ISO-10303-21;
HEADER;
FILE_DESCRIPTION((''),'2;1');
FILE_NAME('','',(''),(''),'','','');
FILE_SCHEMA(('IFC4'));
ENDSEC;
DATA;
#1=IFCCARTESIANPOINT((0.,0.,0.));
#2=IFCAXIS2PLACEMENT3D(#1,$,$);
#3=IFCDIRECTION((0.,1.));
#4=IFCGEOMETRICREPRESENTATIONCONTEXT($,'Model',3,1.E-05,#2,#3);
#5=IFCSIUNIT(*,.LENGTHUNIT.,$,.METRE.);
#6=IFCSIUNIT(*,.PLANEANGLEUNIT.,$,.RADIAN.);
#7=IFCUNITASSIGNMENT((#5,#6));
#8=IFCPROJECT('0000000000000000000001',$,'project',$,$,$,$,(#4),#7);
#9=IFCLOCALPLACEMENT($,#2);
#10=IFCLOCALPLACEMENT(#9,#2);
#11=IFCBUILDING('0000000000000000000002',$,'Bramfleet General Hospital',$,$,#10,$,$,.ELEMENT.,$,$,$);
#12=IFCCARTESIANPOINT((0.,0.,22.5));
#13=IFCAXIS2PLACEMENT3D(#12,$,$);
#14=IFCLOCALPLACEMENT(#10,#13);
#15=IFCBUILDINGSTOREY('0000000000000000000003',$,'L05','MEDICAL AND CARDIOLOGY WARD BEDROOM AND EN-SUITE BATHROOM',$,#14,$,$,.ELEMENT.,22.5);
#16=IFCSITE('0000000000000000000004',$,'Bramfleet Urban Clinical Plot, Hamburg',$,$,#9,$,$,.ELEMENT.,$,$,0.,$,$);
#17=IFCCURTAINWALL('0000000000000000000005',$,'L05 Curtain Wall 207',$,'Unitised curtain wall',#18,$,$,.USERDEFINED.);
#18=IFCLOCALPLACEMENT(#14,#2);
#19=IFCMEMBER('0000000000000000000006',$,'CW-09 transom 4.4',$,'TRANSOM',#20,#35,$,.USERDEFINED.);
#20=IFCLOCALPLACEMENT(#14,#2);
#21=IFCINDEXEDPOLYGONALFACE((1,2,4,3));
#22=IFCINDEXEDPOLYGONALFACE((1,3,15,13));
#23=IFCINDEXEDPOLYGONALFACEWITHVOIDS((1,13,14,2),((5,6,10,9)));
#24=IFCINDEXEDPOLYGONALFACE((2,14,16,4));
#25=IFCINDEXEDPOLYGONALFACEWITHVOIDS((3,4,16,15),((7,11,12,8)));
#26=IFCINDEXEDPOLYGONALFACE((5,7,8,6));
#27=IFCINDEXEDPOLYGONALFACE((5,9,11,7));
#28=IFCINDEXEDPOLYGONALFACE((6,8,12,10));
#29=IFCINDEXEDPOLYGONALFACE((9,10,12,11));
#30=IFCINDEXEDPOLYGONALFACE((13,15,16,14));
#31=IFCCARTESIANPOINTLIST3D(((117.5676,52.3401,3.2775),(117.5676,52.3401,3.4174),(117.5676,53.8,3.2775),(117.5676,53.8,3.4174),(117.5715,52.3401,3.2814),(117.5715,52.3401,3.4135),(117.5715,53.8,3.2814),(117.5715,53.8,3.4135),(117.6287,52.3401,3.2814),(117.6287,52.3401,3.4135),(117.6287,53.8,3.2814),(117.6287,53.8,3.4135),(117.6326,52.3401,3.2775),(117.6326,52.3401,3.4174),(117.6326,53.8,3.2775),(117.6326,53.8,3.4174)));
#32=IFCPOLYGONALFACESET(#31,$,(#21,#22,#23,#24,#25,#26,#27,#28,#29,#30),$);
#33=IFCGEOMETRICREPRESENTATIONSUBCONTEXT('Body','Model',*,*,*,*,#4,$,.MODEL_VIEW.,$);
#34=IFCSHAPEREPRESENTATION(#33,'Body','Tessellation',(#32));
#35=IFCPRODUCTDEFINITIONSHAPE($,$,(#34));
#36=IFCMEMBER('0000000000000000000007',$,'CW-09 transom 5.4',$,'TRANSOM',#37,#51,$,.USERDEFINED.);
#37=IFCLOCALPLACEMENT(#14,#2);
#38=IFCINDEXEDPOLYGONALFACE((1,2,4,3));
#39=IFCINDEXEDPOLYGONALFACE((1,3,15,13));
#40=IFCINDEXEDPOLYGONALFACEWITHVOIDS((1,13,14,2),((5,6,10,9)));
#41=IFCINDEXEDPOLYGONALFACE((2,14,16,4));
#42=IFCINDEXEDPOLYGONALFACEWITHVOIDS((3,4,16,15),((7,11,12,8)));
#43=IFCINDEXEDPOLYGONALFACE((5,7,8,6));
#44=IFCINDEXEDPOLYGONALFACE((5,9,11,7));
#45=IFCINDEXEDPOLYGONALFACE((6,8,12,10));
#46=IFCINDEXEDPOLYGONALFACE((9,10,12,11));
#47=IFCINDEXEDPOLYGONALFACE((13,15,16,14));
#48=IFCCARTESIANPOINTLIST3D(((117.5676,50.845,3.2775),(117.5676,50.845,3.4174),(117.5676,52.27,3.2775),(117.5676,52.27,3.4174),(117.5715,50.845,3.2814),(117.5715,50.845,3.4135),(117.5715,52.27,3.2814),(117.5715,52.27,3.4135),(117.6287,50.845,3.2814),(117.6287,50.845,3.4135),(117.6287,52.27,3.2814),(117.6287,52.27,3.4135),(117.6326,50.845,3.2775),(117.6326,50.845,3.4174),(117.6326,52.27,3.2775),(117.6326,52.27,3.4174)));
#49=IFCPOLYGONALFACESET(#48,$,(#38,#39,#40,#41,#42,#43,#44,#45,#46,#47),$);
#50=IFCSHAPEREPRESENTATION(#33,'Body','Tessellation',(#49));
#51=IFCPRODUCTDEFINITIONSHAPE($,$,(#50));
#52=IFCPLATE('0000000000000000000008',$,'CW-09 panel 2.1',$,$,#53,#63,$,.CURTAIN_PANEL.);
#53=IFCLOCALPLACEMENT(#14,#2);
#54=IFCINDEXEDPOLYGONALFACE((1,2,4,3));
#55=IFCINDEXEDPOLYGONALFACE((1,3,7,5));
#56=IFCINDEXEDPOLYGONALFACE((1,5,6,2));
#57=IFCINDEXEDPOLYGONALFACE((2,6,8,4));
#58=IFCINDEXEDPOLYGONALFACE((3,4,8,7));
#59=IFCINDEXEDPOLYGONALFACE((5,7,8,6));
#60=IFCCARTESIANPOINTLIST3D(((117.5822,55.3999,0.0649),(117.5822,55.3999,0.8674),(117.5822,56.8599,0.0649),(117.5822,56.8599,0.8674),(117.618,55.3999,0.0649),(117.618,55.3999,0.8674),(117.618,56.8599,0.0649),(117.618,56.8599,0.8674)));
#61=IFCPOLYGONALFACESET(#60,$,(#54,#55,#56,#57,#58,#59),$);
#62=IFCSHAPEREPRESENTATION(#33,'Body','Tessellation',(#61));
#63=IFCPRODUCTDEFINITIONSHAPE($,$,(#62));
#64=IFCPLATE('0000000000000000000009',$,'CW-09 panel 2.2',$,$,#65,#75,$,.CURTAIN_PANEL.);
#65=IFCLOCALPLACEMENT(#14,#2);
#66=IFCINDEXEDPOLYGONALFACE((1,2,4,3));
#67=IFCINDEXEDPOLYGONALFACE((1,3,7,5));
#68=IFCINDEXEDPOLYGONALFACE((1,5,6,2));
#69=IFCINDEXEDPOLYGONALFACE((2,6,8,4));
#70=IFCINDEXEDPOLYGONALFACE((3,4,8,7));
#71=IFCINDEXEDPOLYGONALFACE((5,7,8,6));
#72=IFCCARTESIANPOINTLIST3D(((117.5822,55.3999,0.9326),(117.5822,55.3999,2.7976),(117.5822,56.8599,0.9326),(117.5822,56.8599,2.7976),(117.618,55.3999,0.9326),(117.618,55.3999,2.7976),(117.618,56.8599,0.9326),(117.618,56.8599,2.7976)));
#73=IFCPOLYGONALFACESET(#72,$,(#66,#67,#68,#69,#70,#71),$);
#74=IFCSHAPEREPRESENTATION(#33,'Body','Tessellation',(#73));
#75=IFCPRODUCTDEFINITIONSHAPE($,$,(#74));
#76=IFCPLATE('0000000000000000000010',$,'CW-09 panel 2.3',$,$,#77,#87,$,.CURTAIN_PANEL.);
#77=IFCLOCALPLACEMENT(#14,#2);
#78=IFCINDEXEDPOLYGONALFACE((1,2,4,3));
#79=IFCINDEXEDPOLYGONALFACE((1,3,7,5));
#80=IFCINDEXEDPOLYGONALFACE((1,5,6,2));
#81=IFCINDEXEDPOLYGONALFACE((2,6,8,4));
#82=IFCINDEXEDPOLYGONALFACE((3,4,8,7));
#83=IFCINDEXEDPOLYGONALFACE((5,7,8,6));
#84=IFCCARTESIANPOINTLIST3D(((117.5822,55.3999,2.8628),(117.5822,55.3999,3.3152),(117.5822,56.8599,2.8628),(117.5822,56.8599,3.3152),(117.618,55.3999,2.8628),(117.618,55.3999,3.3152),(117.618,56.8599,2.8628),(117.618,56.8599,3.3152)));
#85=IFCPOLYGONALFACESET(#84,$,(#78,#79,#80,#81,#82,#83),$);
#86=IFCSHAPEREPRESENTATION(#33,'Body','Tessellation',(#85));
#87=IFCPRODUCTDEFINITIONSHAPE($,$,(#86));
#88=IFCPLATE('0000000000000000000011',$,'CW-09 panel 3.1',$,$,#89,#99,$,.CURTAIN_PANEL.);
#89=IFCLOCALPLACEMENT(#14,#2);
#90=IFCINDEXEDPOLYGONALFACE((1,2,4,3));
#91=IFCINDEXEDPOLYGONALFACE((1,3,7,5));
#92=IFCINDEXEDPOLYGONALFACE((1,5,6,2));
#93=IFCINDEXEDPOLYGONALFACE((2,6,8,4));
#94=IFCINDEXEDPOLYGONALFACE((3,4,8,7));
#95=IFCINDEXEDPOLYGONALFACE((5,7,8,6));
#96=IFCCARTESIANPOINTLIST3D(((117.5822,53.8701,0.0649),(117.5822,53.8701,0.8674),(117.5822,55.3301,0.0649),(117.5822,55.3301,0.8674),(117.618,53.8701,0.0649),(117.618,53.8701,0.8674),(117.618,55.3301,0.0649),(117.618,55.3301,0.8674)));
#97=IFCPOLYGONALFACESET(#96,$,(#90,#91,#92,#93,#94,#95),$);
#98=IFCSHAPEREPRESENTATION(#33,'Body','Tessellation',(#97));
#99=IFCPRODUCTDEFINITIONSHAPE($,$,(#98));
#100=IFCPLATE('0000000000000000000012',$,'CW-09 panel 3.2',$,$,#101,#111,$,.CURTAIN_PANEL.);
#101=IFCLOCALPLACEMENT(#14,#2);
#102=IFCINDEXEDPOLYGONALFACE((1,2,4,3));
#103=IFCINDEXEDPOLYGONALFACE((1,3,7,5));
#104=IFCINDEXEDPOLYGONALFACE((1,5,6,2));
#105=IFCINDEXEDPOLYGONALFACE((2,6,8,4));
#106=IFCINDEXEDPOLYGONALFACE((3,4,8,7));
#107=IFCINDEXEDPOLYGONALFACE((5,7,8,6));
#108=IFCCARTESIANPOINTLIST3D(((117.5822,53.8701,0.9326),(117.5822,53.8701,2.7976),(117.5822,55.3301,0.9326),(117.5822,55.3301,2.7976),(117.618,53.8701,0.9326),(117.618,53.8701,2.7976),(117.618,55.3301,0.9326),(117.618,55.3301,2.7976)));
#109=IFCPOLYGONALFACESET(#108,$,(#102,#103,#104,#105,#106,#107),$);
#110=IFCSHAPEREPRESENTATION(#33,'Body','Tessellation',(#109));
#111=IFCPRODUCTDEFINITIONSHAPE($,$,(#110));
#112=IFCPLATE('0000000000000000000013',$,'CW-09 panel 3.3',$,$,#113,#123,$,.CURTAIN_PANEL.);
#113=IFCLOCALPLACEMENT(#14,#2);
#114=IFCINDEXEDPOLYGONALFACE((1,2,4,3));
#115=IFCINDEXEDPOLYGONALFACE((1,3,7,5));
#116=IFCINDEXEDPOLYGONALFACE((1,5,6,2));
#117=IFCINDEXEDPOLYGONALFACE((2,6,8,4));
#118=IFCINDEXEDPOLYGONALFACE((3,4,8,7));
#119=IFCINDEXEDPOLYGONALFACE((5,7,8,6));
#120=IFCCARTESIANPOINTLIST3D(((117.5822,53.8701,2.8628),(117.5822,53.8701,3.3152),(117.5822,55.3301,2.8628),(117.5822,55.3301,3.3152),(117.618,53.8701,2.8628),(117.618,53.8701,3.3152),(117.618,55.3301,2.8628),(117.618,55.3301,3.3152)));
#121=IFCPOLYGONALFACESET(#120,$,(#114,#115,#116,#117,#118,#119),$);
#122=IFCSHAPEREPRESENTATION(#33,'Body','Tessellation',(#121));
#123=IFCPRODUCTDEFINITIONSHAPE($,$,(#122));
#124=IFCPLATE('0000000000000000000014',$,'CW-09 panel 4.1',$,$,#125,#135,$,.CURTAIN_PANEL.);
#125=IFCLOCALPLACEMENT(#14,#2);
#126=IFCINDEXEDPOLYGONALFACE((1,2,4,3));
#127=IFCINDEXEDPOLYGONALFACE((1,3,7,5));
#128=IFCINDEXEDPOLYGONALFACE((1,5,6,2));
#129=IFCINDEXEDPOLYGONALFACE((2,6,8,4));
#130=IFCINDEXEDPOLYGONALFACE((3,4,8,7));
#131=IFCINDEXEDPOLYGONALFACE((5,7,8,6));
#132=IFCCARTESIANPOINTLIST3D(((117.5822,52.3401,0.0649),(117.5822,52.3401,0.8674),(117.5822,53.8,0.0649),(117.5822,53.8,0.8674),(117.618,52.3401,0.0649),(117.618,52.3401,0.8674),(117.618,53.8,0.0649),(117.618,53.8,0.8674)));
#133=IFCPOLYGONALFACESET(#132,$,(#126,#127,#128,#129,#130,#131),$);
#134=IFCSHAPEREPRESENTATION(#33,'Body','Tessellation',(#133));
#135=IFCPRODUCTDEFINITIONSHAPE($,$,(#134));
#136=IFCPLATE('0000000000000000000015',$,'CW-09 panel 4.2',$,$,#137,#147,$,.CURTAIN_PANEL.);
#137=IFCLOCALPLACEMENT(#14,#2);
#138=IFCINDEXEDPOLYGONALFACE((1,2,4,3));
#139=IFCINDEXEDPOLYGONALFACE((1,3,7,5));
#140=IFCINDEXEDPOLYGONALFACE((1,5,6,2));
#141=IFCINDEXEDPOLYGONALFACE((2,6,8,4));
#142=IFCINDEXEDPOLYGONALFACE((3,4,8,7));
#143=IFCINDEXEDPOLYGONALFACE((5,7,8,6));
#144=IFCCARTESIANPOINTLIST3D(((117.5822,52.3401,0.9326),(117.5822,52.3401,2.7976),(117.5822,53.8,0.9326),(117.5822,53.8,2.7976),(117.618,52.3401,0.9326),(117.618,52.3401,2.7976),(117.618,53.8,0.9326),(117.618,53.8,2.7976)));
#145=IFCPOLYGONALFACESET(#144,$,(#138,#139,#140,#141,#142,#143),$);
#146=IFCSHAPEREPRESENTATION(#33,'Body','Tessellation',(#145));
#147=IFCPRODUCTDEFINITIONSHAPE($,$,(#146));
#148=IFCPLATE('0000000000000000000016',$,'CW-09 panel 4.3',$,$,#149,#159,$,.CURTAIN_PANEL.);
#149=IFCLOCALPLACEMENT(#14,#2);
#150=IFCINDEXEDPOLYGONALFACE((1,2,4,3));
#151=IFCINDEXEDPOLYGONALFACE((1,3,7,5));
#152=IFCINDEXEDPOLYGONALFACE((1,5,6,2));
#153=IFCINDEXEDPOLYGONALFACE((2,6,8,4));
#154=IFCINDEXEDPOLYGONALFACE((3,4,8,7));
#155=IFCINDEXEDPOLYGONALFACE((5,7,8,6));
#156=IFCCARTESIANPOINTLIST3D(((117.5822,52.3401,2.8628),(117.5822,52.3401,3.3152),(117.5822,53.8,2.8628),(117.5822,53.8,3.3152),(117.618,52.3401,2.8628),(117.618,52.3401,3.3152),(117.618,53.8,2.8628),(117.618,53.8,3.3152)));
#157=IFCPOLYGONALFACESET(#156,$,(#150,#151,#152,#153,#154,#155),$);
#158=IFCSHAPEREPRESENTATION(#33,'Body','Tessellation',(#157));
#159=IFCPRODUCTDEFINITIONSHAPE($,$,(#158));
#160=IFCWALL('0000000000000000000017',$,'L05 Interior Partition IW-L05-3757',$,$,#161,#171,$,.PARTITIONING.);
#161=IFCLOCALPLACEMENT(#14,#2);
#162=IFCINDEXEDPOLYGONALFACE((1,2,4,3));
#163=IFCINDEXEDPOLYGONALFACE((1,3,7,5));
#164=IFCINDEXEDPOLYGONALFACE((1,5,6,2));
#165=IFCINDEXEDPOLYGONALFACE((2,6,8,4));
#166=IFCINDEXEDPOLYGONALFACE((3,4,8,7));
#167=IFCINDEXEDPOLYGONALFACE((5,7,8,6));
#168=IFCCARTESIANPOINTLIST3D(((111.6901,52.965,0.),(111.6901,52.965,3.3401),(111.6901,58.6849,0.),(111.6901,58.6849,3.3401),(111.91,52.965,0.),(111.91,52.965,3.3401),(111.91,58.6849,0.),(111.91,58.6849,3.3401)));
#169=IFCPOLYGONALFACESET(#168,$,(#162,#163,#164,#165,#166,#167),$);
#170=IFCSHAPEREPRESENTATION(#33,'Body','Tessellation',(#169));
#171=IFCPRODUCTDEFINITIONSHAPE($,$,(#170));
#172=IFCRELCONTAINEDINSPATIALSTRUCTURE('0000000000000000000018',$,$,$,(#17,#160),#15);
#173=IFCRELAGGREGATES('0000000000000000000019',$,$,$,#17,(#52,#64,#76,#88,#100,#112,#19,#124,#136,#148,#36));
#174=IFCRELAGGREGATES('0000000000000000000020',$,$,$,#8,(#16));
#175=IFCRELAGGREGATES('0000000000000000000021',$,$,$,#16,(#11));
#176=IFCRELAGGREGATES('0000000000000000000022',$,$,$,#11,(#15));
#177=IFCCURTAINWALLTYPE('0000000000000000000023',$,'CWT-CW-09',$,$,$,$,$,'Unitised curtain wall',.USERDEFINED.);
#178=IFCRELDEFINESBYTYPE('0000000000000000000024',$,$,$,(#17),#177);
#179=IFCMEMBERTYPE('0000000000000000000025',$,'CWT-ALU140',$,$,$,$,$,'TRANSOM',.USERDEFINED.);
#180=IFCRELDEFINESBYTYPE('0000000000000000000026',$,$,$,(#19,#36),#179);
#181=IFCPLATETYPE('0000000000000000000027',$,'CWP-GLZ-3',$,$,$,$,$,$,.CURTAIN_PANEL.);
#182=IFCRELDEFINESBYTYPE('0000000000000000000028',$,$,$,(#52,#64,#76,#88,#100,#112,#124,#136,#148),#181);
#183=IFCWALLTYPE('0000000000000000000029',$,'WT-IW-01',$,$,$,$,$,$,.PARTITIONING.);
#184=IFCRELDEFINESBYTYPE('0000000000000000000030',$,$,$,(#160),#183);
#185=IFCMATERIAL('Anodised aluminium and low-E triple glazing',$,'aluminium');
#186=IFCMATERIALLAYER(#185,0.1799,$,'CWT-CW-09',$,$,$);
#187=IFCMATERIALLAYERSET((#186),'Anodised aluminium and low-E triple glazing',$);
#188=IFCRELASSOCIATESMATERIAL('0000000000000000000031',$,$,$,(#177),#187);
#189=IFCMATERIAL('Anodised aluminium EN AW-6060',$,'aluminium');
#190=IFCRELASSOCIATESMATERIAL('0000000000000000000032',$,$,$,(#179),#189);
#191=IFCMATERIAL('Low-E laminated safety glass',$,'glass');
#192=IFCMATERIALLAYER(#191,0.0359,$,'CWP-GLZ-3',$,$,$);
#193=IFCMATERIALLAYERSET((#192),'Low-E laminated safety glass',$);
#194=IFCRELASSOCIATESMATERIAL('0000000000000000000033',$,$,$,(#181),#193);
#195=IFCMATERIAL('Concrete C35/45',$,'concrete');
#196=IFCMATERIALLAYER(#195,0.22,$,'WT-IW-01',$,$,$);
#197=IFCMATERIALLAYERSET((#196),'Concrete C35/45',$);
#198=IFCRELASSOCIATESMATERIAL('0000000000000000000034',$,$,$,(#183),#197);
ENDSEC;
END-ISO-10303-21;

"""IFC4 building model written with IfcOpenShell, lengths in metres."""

from ifc_helpers import new_model, si_unit, direction, frame, frame_2d, origin, origin_2d, place, context, subcontext, project, spatial, rectangle, hollow_rectangle, extrude, material, layer, layer_set, material_profile, profile_set, type_object, element, aggregate, save


model = new_model("IFC4")

# Units and contexts
model_context = context("Model", 3, precision=1e-05, world=origin(), true_north=direction((0.0, 1.0)))
body_context = subcontext(model_context, "Body", "Model", "MODEL_VIEW")
ifc_project = project(units=[si_unit("LENGTHUNIT", "METRE"), si_unit("PLANEANGLEUNIT", "RADIAN")], contexts=[model_context])

# Site, building, storey
site_placement = place(None, origin())
site = spatial("IfcSite", under=ifc_project, at=site_placement, Name="Bramfleet Urban Clinical Plot, Hamburg", CompositionType="ELEMENT", RefElevation=0.0)
building_placement = place(site_placement, origin())
building = spatial("IfcBuilding", under=site, at=building_placement, Name="Bramfleet General Hospital", CompositionType="ELEMENT")
storey_placement = place(building_placement, frame((0.0, 0.0, 22.5)))
storey = spatial("IfcBuildingStorey", under=building, at=storey_placement, Name="L05", Description="MEDICAL AND CARDIOLOGY WARD BEDROOM AND EN-SUITE BATHROOM", CompositionType="ELEMENT", Elevation=22.5)

# Curtain wall, members, plates
ifc_material_1 = material(Name="Anodised aluminium and low-E triple glazing", Category="aluminium")
ifc_layer_1 = layer(ifc_material_1, 0.1799, Name="CWT-CW-09")
ifc_layer_set_1 = layer_set([ifc_layer_1], Name="Anodised aluminium and low-E triple glazing")
curtain_wall_type = type_object("IfcCurtainWallType", Name="CWT-CW-09", ElementType="Unitised curtain wall", PredefinedType="USERDEFINED", material=ifc_layer_set_1)
curtain_wall_placement = place(storey_placement, origin())
curtain_wall = element("IfcCurtainWall", 1, at=curtain_wall_placement, inside=storey, type_object=curtain_wall_type, Name="L05 Curtain Wall 207", ObjectType="Unitised curtain wall", PredefinedType="USERDEFINED")
ifc_material_2 = material(Name="Anodised aluminium EN AW-6060", Category="aluminium")
ifc_material_profile_1 = material_profile(ifc_material_2, hollow_rectangle(XDim=0.0649, YDim=0.1399, WallThickness=0.0039, at=origin_2d()), Name="ALU 140x65x4.0")
ifc_profile_set_1 = profile_set([ifc_material_profile_1], Name="Anodised aluminium EN AW-6060")
member_type_1 = type_object("IfcMemberType", Name="CWT-ALU140", ElementType="TRANSOM", PredefinedType="USERDEFINED", material=ifc_profile_set_1)
member_1_placement = place(storey_placement, frame((117.6001, 53.8, 3.3474), z_axis=(0.0, -1.0, 0.0), x_axis=(1.0, 0.0, 0.0)))
member_1 = element("IfcMember", 2, at=member_1_placement, type_object=member_type_1, Name="CW-09 transom 4.4", ObjectType="TRANSOM", PredefinedType="USERDEFINED", context=body_context, shape_type="SweptSolid", body=[
    extrude(hollow_rectangle(XDim=0.0649, YDim=0.1399, WallThickness=0.0039, at=origin_2d()), origin(), (0.0, 0.0, 1.0), 1.46),
])
member_2_placement = place(storey_placement, frame((117.6001, 52.27, 3.3474), z_axis=(0.0, -1.0, 0.0), x_axis=(1.0, 0.0, 0.0)))
member_2 = element("IfcMember", 3, at=member_2_placement, type_object=member_type_1, Name="CW-09 transom 5.4", ObjectType="TRANSOM", PredefinedType="USERDEFINED", context=body_context, shape_type="SweptSolid", body=[
    extrude(hollow_rectangle(XDim=0.0649, YDim=0.1399, WallThickness=0.0039, at=origin_2d()), origin(), (0.0, 0.0, 1.0), 1.425),
])
ifc_material_3 = material(Name="Low-E laminated safety glass", Category="glass")
ifc_layer_2 = layer(ifc_material_3, 0.0359, Name="CWP-GLZ-3")
ifc_layer_set_2 = layer_set([ifc_layer_2], Name="Low-E laminated safety glass")
plate_type = type_object("IfcPlateType", Name="CWP-GLZ-3", PredefinedType="CURTAIN_PANEL", material=ifc_layer_set_2)
plate_1_placement = place(storey_placement, frame((117.6001, 56.1299, 0.0649), z_axis=(0.0, 0.0, 1.0), x_axis=(0.0, -1.0, 0.0)))
plate_1 = element("IfcPlate", 4, at=plate_1_placement, type_object=plate_type, Name="CW-09 panel 2.1", PredefinedType="CURTAIN_PANEL", context=body_context, shape_type="SweptSolid", body=[
    extrude(rectangle(XDim=1.46, YDim=0.0359, at=origin_2d()), origin(), (0.0, 0.0, 1.0), 0.8025),
])
plate_2_placement = place(storey_placement, frame((117.6001, 56.1299, 0.9326), z_axis=(0.0, 0.0, 1.0), x_axis=(0.0, -1.0, 0.0)))
plate_2 = element("IfcPlate", 5, at=plate_2_placement, type_object=plate_type, Name="CW-09 panel 2.2", PredefinedType="CURTAIN_PANEL", context=body_context, shape_type="SweptSolid", body=[
    extrude(rectangle(XDim=1.46, YDim=0.0359, at=origin_2d()), origin(), (0.0, 0.0, 1.0), 1.865),
])
plate_3_placement = place(storey_placement, frame((117.6001, 56.1299, 2.8628), z_axis=(0.0, 0.0, 1.0), x_axis=(0.0, -1.0, 0.0)))
plate_3 = element("IfcPlate", 6, at=plate_3_placement, type_object=plate_type, Name="CW-09 panel 2.3", PredefinedType="CURTAIN_PANEL", context=body_context, shape_type="SweptSolid", body=[
    extrude(rectangle(XDim=1.46, YDim=0.0359, at=origin_2d()), origin(), (0.0, 0.0, 1.0), 0.4524),
])
plate_4_placement = place(storey_placement, frame((117.6001, 54.6001, 0.0649), z_axis=(0.0, 0.0, 1.0), x_axis=(0.0, -1.0, 0.0)))
plate_4 = element("IfcPlate", 7, at=plate_4_placement, type_object=plate_type, Name="CW-09 panel 3.1", PredefinedType="CURTAIN_PANEL", context=body_context, shape_type="SweptSolid", body=[
    extrude(rectangle(XDim=1.46, YDim=0.0359, at=origin_2d()), origin(), (0.0, 0.0, 1.0), 0.8025),
])
plate_5_placement = place(storey_placement, frame((117.6001, 54.6001, 0.9326), z_axis=(0.0, 0.0, 1.0), x_axis=(0.0, -1.0, 0.0)))
plate_5 = element("IfcPlate", 8, at=plate_5_placement, type_object=plate_type, Name="CW-09 panel 3.2", PredefinedType="CURTAIN_PANEL", context=body_context, shape_type="SweptSolid", body=[
    extrude(rectangle(XDim=1.46, YDim=0.0359, at=origin_2d()), origin(), (0.0, 0.0, 1.0), 1.865),
])
plate_6_placement = place(storey_placement, frame((117.6001, 54.6001, 2.8628), z_axis=(0.0, 0.0, 1.0), x_axis=(0.0, -1.0, 0.0)))
plate_6 = element("IfcPlate", 9, at=plate_6_placement, type_object=plate_type, Name="CW-09 panel 3.3", PredefinedType="CURTAIN_PANEL", context=body_context, shape_type="SweptSolid", body=[
    extrude(rectangle(XDim=1.46, YDim=0.0359, at=origin_2d()), origin(), (0.0, 0.0, 1.0), 0.4524),
])
plate_7_placement = place(storey_placement, frame((117.6001, 53.0701, 0.0649), z_axis=(0.0, 0.0, 1.0), x_axis=(0.0, -1.0, 0.0)))
plate_7 = element("IfcPlate", 10, at=plate_7_placement, type_object=plate_type, Name="CW-09 panel 4.1", PredefinedType="CURTAIN_PANEL", context=body_context, shape_type="SweptSolid", body=[
    extrude(rectangle(XDim=1.46, YDim=0.0359, at=origin_2d()), origin(), (0.0, 0.0, 1.0), 0.8025),
])
plate_8_placement = place(storey_placement, frame((117.6001, 53.0701, 0.9326), z_axis=(0.0, 0.0, 1.0), x_axis=(0.0, -1.0, 0.0)))
plate_8 = element("IfcPlate", 11, at=plate_8_placement, type_object=plate_type, Name="CW-09 panel 4.2", PredefinedType="CURTAIN_PANEL", context=body_context, shape_type="SweptSolid", body=[
    extrude(rectangle(XDim=1.46, YDim=0.0359, at=origin_2d()), origin(), (0.0, 0.0, 1.0), 1.865),
])
plate_9_placement = place(storey_placement, frame((117.6001, 53.0701, 2.8628), z_axis=(0.0, 0.0, 1.0), x_axis=(0.0, -1.0, 0.0)))
plate_9 = element("IfcPlate", 12, at=plate_9_placement, type_object=plate_type, Name="CW-09 panel 4.3", PredefinedType="CURTAIN_PANEL", context=body_context, shape_type="SweptSolid", body=[
    extrude(rectangle(XDim=1.46, YDim=0.0359, at=origin_2d()), origin(), (0.0, 0.0, 1.0), 0.4524),
])
aggregate(curtain_wall, [plate_1, plate_2, plate_3, plate_4, plate_5, plate_6, member_1, plate_7, plate_8, plate_9, member_2])

# Wall
ifc_material_4 = material(Name="Concrete C35/45", Category="concrete")
ifc_layer_3 = layer(ifc_material_4, 0.22, Name="WT-IW-01")
ifc_layer_set_3 = layer_set([ifc_layer_3], Name="Concrete C35/45")
wall_type_1 = type_object("IfcWallType", Name="WT-IW-01", PredefinedType="PARTITIONING", material=ifc_layer_set_3)
wall_1_placement = place(storey_placement, frame((111.8, 52.9651, 0.0), z_axis=(0.0, 0.0, 1.0), x_axis=(0.0, 1.0, 0.0)))
element("IfcWall", 13, at=wall_1_placement, inside=storey, type_object=wall_type_1, Name="L05 Interior Partition IW-L05-3757", PredefinedType="PARTITIONING", context=body_context, shape_type="SweptSolid", body=[
    extrude(rectangle(XDim=5.72, YDim=0.22, at=frame_2d((2.8599, 0.0))), origin(), (0.0, 0.0, 1.0), 3.3401),
])

save(model, "model.ifc")
